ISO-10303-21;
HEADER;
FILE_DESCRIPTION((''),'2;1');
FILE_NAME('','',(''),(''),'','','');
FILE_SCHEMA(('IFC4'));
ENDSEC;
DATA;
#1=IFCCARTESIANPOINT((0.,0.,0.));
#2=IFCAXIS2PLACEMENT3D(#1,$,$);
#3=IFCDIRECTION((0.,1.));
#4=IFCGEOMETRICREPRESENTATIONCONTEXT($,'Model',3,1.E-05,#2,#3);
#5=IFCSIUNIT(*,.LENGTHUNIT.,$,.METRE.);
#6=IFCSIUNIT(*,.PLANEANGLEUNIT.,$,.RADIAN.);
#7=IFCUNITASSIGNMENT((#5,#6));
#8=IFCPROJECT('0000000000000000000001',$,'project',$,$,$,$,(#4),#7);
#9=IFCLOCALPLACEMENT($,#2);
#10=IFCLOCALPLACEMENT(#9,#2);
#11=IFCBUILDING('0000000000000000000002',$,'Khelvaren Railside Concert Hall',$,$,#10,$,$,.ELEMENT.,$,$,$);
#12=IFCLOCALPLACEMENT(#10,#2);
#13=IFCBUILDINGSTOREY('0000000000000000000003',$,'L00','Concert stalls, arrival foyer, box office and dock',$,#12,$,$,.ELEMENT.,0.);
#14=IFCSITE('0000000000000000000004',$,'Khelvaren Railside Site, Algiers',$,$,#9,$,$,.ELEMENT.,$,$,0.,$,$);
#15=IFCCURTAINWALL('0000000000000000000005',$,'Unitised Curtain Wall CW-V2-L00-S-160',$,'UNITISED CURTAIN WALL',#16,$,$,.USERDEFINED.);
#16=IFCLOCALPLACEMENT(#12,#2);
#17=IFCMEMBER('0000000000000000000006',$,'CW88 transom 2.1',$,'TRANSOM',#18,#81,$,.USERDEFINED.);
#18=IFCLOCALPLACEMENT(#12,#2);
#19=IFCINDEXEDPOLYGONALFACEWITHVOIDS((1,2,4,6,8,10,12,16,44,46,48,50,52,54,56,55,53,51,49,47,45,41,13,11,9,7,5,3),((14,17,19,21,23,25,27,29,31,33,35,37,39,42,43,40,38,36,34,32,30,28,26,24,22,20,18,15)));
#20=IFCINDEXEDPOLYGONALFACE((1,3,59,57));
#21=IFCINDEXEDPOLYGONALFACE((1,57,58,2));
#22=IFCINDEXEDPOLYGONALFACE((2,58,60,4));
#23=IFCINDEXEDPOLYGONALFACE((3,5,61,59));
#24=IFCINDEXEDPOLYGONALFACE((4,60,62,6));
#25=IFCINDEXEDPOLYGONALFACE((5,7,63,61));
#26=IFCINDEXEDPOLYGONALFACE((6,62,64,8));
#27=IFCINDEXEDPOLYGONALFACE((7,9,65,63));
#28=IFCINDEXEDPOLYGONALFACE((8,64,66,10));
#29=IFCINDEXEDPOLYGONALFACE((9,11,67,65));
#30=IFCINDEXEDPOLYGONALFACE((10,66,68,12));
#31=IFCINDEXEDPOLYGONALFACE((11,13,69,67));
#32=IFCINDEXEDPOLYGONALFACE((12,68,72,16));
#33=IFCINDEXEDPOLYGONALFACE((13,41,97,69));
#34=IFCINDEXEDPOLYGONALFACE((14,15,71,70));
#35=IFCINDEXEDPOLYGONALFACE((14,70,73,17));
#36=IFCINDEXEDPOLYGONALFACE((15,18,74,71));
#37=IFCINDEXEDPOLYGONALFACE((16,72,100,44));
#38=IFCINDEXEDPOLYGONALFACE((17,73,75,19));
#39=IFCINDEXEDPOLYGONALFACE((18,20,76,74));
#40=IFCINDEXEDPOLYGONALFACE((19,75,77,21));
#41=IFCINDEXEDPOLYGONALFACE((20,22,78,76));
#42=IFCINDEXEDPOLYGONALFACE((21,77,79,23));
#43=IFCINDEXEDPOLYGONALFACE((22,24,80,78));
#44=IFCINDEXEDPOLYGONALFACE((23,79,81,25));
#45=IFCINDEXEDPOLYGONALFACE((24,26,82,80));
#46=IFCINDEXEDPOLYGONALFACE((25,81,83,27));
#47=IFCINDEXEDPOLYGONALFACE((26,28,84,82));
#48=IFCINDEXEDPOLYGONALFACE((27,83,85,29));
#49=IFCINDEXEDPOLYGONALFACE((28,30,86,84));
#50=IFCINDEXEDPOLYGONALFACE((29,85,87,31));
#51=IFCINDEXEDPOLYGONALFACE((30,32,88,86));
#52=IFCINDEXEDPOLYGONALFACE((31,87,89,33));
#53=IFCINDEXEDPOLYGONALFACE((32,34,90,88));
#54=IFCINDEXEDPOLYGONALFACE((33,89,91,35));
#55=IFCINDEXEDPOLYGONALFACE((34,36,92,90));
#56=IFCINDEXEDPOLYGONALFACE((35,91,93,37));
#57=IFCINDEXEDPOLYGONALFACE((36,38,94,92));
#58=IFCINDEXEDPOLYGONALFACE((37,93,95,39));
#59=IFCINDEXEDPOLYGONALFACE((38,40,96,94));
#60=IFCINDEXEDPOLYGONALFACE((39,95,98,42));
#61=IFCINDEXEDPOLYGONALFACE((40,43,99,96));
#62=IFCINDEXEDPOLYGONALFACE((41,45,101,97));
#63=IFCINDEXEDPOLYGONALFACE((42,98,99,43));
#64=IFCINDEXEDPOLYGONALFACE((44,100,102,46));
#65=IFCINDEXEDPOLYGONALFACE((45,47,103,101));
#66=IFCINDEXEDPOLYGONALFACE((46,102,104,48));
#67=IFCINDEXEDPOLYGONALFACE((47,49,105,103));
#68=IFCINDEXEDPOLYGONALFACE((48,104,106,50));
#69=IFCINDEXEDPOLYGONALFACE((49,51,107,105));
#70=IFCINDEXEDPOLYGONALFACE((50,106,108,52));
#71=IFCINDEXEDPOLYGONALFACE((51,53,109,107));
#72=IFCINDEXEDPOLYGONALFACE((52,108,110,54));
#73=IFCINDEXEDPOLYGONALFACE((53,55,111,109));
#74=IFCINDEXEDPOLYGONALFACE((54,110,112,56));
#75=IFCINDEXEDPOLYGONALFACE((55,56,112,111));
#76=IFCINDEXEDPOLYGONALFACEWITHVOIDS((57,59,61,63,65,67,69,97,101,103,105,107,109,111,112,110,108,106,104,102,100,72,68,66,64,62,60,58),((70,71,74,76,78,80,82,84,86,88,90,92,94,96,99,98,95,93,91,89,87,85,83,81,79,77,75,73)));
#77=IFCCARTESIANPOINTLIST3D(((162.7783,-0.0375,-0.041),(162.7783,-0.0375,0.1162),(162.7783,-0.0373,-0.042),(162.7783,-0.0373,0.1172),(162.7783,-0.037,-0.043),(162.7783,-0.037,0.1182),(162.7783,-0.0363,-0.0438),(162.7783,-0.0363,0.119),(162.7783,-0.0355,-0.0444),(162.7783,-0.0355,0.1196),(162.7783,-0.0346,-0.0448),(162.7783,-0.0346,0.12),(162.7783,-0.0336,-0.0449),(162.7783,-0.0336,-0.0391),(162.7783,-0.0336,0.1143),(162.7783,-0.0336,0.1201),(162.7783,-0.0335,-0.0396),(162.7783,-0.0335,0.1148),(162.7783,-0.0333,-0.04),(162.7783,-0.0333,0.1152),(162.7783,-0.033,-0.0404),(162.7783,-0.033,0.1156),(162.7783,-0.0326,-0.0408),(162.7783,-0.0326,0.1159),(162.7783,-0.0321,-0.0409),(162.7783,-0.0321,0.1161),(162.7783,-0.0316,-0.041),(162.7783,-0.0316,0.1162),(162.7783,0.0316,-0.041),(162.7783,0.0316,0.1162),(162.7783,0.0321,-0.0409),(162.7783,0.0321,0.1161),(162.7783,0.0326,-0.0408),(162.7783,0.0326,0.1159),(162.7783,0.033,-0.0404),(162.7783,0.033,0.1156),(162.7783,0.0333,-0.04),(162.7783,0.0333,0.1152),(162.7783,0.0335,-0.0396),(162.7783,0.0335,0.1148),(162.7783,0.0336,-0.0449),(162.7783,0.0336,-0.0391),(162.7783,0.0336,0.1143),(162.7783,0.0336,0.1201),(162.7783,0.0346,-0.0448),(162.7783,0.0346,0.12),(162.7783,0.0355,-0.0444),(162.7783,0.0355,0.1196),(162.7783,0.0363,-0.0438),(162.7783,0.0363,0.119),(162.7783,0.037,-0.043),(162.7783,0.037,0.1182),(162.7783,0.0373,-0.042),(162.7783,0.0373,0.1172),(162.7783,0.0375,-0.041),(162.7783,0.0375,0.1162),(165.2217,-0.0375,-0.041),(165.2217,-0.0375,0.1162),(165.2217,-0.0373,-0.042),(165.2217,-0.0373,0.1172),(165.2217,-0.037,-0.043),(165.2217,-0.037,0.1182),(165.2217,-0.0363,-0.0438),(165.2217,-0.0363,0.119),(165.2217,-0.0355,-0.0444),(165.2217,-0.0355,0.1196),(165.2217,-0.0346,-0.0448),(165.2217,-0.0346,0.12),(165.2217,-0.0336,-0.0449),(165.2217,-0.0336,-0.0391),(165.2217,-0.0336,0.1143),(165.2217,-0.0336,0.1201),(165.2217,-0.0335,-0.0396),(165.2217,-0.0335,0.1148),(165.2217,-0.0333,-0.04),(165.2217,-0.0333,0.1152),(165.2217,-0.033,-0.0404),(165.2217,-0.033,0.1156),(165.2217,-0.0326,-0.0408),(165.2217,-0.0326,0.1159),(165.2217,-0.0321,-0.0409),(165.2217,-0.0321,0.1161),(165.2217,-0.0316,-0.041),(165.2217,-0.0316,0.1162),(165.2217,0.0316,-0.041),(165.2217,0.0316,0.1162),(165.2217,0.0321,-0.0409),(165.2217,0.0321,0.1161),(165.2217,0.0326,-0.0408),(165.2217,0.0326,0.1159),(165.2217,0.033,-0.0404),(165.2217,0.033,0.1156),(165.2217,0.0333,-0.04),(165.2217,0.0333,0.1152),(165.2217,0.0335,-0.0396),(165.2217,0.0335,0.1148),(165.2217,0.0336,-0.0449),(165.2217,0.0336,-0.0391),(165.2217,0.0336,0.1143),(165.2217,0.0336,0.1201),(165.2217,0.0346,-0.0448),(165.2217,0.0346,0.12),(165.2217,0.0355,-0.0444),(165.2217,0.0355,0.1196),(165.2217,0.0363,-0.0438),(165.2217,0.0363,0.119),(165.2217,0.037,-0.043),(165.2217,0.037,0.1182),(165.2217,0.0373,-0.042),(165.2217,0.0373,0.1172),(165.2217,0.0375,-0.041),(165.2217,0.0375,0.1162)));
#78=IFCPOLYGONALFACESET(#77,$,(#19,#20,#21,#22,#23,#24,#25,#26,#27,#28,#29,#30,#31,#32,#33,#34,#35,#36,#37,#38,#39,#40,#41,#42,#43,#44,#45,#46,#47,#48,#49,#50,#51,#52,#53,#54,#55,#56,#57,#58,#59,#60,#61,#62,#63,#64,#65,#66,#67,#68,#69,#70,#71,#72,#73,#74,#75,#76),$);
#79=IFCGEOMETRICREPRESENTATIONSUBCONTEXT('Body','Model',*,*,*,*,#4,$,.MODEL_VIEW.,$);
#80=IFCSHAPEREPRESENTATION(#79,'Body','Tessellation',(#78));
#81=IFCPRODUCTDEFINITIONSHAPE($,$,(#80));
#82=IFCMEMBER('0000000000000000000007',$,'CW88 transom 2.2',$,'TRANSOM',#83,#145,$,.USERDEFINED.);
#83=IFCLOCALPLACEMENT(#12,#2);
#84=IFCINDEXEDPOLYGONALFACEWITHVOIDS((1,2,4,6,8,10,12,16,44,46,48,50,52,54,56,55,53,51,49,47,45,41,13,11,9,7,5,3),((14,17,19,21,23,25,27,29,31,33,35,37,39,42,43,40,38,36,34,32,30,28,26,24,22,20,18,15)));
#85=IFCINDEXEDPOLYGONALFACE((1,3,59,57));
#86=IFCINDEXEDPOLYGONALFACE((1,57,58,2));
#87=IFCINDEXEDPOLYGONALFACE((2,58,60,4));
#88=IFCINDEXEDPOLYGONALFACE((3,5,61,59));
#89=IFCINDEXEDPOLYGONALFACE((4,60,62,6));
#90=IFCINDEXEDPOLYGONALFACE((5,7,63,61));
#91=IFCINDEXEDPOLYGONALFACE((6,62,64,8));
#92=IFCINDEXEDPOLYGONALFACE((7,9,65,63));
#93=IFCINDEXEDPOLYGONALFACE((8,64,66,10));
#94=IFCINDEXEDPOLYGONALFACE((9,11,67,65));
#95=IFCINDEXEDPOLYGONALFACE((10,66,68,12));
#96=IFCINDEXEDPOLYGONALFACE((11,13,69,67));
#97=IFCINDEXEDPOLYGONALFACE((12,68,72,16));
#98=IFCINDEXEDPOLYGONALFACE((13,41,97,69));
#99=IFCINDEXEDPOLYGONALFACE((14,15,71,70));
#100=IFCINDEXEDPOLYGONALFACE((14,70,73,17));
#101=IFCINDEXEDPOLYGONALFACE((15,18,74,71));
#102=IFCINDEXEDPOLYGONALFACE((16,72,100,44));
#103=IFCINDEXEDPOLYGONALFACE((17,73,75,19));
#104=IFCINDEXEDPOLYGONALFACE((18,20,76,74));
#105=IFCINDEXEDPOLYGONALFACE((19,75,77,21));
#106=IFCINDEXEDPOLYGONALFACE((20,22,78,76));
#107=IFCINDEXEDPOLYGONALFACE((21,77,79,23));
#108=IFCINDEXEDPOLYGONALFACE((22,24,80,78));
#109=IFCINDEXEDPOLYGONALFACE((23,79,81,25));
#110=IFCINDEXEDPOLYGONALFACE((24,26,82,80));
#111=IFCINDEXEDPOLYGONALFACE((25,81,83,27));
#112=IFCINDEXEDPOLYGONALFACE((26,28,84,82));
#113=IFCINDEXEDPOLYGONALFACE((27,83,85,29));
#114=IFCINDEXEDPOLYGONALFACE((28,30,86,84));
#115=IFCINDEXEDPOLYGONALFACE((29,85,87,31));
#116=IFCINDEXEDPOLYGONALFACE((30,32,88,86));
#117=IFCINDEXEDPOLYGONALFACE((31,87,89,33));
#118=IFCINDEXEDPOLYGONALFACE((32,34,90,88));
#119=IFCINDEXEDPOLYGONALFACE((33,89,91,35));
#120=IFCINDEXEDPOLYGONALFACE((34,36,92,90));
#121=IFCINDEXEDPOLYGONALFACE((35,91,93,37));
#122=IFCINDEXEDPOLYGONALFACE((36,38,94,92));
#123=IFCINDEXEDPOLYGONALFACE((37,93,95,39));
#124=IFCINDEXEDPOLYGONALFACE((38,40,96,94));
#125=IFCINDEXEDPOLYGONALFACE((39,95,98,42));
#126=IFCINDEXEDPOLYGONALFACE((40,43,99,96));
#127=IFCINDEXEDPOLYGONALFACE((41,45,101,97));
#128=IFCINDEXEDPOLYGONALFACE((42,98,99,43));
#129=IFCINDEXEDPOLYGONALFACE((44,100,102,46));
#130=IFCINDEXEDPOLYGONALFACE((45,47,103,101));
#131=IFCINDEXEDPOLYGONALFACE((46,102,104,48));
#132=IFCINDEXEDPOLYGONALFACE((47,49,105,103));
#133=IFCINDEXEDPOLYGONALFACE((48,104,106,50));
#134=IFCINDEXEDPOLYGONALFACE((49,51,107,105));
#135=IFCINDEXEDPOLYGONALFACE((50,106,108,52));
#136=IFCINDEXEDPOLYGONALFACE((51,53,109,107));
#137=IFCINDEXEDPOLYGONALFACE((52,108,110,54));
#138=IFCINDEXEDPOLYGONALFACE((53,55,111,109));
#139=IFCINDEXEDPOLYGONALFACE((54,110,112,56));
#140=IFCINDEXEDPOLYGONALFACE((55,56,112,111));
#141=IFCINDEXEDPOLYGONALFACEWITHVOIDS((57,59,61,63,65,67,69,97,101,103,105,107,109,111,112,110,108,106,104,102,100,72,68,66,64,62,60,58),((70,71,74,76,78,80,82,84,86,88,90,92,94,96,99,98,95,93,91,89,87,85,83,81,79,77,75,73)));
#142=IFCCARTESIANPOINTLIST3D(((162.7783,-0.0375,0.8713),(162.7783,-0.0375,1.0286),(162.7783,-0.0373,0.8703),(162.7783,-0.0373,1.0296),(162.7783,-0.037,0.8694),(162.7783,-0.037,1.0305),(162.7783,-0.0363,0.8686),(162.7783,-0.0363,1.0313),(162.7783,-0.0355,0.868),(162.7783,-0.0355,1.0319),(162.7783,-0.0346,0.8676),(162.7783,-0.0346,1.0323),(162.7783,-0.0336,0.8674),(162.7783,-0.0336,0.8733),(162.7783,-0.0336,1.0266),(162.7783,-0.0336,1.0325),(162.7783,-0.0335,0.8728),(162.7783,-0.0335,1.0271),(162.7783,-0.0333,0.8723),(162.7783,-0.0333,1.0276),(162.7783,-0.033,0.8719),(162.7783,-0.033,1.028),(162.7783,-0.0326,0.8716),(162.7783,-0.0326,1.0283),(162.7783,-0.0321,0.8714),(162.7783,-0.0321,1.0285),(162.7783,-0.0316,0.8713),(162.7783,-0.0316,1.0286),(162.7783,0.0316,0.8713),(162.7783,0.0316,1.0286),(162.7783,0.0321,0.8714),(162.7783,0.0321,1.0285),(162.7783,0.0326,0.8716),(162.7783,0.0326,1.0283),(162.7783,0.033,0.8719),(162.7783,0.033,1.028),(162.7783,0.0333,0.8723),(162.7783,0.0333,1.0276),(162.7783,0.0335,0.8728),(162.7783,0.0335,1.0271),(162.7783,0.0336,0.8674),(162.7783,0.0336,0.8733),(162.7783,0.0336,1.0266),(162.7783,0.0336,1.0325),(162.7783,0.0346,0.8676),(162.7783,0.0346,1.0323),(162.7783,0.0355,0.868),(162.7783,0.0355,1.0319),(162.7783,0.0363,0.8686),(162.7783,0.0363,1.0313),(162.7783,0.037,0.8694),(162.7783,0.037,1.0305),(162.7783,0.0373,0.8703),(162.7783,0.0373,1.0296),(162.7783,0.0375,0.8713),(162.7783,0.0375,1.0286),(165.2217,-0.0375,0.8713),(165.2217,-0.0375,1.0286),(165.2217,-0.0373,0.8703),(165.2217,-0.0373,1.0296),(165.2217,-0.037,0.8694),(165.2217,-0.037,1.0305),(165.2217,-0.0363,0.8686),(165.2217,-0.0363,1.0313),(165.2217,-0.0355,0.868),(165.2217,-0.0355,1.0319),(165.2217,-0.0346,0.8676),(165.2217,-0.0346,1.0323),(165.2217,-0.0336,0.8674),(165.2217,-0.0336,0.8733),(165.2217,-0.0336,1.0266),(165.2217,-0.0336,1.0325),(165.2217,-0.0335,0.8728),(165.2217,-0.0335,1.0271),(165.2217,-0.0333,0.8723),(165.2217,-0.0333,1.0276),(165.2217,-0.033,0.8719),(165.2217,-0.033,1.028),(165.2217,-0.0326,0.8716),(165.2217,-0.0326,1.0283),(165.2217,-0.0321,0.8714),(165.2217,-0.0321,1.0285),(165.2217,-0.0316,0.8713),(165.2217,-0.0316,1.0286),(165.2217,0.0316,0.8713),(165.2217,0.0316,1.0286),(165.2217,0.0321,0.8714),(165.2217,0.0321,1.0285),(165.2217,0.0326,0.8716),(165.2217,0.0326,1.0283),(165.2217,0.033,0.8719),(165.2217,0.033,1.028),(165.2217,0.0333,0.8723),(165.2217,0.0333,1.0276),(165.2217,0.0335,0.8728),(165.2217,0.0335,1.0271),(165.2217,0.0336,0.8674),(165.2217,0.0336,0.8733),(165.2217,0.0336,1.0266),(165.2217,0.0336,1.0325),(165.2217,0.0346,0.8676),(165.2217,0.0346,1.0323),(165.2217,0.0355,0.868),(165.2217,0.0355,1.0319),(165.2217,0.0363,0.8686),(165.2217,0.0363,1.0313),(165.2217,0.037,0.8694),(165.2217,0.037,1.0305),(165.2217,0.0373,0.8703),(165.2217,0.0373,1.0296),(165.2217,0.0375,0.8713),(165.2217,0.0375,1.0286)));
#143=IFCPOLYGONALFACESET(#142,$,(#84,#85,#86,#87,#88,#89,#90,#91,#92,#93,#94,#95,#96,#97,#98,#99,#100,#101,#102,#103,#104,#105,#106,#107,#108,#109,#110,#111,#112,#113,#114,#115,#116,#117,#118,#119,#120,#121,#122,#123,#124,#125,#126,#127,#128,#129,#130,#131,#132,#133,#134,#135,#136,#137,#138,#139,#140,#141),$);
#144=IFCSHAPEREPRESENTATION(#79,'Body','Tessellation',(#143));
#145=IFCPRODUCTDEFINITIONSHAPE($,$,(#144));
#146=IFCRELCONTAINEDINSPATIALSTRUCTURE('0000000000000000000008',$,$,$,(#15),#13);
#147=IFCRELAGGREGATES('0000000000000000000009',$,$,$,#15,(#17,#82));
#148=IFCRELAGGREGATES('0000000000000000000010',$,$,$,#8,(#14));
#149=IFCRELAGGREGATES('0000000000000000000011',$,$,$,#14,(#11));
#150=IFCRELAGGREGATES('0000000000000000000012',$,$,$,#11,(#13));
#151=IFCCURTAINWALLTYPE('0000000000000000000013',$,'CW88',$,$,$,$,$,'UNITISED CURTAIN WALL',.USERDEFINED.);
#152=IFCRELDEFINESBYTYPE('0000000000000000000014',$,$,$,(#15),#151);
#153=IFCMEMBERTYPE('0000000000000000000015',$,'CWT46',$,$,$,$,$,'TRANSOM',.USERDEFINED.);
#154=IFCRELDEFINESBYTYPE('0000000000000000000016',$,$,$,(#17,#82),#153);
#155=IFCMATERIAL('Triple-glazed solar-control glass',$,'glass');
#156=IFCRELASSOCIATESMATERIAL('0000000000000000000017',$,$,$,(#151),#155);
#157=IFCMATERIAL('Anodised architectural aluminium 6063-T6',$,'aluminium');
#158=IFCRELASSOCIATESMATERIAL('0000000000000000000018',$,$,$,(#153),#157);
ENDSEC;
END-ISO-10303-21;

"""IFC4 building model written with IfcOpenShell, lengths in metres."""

from ifc_helpers import new_model, si_unit, direction, frame, origin, origin_2d, place, context, subcontext, project, spatial, hollow_rectangle, extrude, material, material_profile, profile_set, type_object, element, aggregate, save


model = new_model("IFC4")

# Units and contexts
model_context = context("Model", 3, precision=1e-05, world=origin(), true_north=direction((0.0, 1.0)))
body_context = subcontext(model_context, "Body", "Model", "MODEL_VIEW")
ifc_project = project(units=[si_unit("LENGTHUNIT", "METRE"), si_unit("PLANEANGLEUNIT", "RADIAN")], contexts=[model_context])

# Site, building, storey
site_placement = place(None, origin())
site = spatial("IfcSite", under=ifc_project, at=site_placement, Name="Khelvaren Railside Site, Algiers", CompositionType="ELEMENT", RefElevation=0.0)
building_placement = place(site_placement, origin())
building = spatial("IfcBuilding", under=site, at=building_placement, Name="Khelvaren Railside Concert Hall", CompositionType="ELEMENT")
storey_placement = place(building_placement, origin())
storey = spatial("IfcBuildingStorey", under=building, at=storey_placement, Name="L00", Description="Concert stalls, arrival foyer, box office and dock", CompositionType="ELEMENT", Elevation=0.0)

# Curtain wall, members
ifc_material_1 = material(Name="Triple-glazed solar-control glass", Category="glass")
curtain_wall_type = type_object("IfcCurtainWallType", Name="CW88", ElementType="UNITISED CURTAIN WALL", PredefinedType="USERDEFINED", material=ifc_material_1)
curtain_wall_placement = place(storey_placement, origin())
curtain_wall = element("IfcCurtainWall", 1, at=curtain_wall_placement, inside=storey, type_object=curtain_wall_type, Name="Unitised Curtain Wall CW-V2-L00-S-160", ObjectType="UNITISED CURTAIN WALL", PredefinedType="USERDEFINED")
ifc_material_2 = material(Name="Anodised architectural aluminium 6063-T6", Category="aluminium")
ifc_material_profile_1 = material_profile(ifc_material_2, hollow_rectangle(XDim=0.075, YDim=0.165, WallThickness=0.0039, InnerFilletRadius=0.002, OuterFilletRadius=0.0039, at=origin_2d()), Name="CWT 75x165x4")
ifc_profile_set_1 = profile_set([ifc_material_profile_1], Name="Anodised architectural aluminium 6063-T6")
member_type_1 = type_object("IfcMemberType", Name="CWT46", ElementType="TRANSOM", PredefinedType="USERDEFINED", material=ifc_profile_set_1)
member_1_placement = place(storey_placement, frame((165.2217, 0.0, 0.0376), z_axis=(-1.0, 0.0, 0.0), x_axis=(0.0, -1.0, 0.0)))
member_1 = element("IfcMember", 2, at=member_1_placement, type_object=member_type_1, Name="CW88 transom 2.1", ObjectType="TRANSOM", PredefinedType="USERDEFINED", context=body_context, shape_type="SweptSolid", body=[
    extrude(hollow_rectangle(XDim=0.075, YDim=0.165, WallThickness=0.0039, InnerFilletRadius=0.002, OuterFilletRadius=0.0039, at=origin_2d()), origin(), (0.0, 0.0, 1.0), 2.4434),
])
member_2_placement = place(storey_placement, frame((165.2217, 0.0, 0.95), z_axis=(-1.0, 0.0, 0.0), x_axis=(0.0, -1.0, 0.0)))
member_2 = element("IfcMember", 3, at=member_2_placement, type_object=member_type_1, Name="CW88 transom 2.2", ObjectType="TRANSOM", PredefinedType="USERDEFINED", context=body_context, shape_type="SweptSolid", body=[
    extrude(hollow_rectangle(XDim=0.075, YDim=0.165, WallThickness=0.0039, InnerFilletRadius=0.002, OuterFilletRadius=0.0039, at=origin_2d()), origin(), (0.0, 0.0, 1.0), 2.4434),
])

aggregate(curtain_wall, [member_1, member_2])

save(model, "model.ifc")
